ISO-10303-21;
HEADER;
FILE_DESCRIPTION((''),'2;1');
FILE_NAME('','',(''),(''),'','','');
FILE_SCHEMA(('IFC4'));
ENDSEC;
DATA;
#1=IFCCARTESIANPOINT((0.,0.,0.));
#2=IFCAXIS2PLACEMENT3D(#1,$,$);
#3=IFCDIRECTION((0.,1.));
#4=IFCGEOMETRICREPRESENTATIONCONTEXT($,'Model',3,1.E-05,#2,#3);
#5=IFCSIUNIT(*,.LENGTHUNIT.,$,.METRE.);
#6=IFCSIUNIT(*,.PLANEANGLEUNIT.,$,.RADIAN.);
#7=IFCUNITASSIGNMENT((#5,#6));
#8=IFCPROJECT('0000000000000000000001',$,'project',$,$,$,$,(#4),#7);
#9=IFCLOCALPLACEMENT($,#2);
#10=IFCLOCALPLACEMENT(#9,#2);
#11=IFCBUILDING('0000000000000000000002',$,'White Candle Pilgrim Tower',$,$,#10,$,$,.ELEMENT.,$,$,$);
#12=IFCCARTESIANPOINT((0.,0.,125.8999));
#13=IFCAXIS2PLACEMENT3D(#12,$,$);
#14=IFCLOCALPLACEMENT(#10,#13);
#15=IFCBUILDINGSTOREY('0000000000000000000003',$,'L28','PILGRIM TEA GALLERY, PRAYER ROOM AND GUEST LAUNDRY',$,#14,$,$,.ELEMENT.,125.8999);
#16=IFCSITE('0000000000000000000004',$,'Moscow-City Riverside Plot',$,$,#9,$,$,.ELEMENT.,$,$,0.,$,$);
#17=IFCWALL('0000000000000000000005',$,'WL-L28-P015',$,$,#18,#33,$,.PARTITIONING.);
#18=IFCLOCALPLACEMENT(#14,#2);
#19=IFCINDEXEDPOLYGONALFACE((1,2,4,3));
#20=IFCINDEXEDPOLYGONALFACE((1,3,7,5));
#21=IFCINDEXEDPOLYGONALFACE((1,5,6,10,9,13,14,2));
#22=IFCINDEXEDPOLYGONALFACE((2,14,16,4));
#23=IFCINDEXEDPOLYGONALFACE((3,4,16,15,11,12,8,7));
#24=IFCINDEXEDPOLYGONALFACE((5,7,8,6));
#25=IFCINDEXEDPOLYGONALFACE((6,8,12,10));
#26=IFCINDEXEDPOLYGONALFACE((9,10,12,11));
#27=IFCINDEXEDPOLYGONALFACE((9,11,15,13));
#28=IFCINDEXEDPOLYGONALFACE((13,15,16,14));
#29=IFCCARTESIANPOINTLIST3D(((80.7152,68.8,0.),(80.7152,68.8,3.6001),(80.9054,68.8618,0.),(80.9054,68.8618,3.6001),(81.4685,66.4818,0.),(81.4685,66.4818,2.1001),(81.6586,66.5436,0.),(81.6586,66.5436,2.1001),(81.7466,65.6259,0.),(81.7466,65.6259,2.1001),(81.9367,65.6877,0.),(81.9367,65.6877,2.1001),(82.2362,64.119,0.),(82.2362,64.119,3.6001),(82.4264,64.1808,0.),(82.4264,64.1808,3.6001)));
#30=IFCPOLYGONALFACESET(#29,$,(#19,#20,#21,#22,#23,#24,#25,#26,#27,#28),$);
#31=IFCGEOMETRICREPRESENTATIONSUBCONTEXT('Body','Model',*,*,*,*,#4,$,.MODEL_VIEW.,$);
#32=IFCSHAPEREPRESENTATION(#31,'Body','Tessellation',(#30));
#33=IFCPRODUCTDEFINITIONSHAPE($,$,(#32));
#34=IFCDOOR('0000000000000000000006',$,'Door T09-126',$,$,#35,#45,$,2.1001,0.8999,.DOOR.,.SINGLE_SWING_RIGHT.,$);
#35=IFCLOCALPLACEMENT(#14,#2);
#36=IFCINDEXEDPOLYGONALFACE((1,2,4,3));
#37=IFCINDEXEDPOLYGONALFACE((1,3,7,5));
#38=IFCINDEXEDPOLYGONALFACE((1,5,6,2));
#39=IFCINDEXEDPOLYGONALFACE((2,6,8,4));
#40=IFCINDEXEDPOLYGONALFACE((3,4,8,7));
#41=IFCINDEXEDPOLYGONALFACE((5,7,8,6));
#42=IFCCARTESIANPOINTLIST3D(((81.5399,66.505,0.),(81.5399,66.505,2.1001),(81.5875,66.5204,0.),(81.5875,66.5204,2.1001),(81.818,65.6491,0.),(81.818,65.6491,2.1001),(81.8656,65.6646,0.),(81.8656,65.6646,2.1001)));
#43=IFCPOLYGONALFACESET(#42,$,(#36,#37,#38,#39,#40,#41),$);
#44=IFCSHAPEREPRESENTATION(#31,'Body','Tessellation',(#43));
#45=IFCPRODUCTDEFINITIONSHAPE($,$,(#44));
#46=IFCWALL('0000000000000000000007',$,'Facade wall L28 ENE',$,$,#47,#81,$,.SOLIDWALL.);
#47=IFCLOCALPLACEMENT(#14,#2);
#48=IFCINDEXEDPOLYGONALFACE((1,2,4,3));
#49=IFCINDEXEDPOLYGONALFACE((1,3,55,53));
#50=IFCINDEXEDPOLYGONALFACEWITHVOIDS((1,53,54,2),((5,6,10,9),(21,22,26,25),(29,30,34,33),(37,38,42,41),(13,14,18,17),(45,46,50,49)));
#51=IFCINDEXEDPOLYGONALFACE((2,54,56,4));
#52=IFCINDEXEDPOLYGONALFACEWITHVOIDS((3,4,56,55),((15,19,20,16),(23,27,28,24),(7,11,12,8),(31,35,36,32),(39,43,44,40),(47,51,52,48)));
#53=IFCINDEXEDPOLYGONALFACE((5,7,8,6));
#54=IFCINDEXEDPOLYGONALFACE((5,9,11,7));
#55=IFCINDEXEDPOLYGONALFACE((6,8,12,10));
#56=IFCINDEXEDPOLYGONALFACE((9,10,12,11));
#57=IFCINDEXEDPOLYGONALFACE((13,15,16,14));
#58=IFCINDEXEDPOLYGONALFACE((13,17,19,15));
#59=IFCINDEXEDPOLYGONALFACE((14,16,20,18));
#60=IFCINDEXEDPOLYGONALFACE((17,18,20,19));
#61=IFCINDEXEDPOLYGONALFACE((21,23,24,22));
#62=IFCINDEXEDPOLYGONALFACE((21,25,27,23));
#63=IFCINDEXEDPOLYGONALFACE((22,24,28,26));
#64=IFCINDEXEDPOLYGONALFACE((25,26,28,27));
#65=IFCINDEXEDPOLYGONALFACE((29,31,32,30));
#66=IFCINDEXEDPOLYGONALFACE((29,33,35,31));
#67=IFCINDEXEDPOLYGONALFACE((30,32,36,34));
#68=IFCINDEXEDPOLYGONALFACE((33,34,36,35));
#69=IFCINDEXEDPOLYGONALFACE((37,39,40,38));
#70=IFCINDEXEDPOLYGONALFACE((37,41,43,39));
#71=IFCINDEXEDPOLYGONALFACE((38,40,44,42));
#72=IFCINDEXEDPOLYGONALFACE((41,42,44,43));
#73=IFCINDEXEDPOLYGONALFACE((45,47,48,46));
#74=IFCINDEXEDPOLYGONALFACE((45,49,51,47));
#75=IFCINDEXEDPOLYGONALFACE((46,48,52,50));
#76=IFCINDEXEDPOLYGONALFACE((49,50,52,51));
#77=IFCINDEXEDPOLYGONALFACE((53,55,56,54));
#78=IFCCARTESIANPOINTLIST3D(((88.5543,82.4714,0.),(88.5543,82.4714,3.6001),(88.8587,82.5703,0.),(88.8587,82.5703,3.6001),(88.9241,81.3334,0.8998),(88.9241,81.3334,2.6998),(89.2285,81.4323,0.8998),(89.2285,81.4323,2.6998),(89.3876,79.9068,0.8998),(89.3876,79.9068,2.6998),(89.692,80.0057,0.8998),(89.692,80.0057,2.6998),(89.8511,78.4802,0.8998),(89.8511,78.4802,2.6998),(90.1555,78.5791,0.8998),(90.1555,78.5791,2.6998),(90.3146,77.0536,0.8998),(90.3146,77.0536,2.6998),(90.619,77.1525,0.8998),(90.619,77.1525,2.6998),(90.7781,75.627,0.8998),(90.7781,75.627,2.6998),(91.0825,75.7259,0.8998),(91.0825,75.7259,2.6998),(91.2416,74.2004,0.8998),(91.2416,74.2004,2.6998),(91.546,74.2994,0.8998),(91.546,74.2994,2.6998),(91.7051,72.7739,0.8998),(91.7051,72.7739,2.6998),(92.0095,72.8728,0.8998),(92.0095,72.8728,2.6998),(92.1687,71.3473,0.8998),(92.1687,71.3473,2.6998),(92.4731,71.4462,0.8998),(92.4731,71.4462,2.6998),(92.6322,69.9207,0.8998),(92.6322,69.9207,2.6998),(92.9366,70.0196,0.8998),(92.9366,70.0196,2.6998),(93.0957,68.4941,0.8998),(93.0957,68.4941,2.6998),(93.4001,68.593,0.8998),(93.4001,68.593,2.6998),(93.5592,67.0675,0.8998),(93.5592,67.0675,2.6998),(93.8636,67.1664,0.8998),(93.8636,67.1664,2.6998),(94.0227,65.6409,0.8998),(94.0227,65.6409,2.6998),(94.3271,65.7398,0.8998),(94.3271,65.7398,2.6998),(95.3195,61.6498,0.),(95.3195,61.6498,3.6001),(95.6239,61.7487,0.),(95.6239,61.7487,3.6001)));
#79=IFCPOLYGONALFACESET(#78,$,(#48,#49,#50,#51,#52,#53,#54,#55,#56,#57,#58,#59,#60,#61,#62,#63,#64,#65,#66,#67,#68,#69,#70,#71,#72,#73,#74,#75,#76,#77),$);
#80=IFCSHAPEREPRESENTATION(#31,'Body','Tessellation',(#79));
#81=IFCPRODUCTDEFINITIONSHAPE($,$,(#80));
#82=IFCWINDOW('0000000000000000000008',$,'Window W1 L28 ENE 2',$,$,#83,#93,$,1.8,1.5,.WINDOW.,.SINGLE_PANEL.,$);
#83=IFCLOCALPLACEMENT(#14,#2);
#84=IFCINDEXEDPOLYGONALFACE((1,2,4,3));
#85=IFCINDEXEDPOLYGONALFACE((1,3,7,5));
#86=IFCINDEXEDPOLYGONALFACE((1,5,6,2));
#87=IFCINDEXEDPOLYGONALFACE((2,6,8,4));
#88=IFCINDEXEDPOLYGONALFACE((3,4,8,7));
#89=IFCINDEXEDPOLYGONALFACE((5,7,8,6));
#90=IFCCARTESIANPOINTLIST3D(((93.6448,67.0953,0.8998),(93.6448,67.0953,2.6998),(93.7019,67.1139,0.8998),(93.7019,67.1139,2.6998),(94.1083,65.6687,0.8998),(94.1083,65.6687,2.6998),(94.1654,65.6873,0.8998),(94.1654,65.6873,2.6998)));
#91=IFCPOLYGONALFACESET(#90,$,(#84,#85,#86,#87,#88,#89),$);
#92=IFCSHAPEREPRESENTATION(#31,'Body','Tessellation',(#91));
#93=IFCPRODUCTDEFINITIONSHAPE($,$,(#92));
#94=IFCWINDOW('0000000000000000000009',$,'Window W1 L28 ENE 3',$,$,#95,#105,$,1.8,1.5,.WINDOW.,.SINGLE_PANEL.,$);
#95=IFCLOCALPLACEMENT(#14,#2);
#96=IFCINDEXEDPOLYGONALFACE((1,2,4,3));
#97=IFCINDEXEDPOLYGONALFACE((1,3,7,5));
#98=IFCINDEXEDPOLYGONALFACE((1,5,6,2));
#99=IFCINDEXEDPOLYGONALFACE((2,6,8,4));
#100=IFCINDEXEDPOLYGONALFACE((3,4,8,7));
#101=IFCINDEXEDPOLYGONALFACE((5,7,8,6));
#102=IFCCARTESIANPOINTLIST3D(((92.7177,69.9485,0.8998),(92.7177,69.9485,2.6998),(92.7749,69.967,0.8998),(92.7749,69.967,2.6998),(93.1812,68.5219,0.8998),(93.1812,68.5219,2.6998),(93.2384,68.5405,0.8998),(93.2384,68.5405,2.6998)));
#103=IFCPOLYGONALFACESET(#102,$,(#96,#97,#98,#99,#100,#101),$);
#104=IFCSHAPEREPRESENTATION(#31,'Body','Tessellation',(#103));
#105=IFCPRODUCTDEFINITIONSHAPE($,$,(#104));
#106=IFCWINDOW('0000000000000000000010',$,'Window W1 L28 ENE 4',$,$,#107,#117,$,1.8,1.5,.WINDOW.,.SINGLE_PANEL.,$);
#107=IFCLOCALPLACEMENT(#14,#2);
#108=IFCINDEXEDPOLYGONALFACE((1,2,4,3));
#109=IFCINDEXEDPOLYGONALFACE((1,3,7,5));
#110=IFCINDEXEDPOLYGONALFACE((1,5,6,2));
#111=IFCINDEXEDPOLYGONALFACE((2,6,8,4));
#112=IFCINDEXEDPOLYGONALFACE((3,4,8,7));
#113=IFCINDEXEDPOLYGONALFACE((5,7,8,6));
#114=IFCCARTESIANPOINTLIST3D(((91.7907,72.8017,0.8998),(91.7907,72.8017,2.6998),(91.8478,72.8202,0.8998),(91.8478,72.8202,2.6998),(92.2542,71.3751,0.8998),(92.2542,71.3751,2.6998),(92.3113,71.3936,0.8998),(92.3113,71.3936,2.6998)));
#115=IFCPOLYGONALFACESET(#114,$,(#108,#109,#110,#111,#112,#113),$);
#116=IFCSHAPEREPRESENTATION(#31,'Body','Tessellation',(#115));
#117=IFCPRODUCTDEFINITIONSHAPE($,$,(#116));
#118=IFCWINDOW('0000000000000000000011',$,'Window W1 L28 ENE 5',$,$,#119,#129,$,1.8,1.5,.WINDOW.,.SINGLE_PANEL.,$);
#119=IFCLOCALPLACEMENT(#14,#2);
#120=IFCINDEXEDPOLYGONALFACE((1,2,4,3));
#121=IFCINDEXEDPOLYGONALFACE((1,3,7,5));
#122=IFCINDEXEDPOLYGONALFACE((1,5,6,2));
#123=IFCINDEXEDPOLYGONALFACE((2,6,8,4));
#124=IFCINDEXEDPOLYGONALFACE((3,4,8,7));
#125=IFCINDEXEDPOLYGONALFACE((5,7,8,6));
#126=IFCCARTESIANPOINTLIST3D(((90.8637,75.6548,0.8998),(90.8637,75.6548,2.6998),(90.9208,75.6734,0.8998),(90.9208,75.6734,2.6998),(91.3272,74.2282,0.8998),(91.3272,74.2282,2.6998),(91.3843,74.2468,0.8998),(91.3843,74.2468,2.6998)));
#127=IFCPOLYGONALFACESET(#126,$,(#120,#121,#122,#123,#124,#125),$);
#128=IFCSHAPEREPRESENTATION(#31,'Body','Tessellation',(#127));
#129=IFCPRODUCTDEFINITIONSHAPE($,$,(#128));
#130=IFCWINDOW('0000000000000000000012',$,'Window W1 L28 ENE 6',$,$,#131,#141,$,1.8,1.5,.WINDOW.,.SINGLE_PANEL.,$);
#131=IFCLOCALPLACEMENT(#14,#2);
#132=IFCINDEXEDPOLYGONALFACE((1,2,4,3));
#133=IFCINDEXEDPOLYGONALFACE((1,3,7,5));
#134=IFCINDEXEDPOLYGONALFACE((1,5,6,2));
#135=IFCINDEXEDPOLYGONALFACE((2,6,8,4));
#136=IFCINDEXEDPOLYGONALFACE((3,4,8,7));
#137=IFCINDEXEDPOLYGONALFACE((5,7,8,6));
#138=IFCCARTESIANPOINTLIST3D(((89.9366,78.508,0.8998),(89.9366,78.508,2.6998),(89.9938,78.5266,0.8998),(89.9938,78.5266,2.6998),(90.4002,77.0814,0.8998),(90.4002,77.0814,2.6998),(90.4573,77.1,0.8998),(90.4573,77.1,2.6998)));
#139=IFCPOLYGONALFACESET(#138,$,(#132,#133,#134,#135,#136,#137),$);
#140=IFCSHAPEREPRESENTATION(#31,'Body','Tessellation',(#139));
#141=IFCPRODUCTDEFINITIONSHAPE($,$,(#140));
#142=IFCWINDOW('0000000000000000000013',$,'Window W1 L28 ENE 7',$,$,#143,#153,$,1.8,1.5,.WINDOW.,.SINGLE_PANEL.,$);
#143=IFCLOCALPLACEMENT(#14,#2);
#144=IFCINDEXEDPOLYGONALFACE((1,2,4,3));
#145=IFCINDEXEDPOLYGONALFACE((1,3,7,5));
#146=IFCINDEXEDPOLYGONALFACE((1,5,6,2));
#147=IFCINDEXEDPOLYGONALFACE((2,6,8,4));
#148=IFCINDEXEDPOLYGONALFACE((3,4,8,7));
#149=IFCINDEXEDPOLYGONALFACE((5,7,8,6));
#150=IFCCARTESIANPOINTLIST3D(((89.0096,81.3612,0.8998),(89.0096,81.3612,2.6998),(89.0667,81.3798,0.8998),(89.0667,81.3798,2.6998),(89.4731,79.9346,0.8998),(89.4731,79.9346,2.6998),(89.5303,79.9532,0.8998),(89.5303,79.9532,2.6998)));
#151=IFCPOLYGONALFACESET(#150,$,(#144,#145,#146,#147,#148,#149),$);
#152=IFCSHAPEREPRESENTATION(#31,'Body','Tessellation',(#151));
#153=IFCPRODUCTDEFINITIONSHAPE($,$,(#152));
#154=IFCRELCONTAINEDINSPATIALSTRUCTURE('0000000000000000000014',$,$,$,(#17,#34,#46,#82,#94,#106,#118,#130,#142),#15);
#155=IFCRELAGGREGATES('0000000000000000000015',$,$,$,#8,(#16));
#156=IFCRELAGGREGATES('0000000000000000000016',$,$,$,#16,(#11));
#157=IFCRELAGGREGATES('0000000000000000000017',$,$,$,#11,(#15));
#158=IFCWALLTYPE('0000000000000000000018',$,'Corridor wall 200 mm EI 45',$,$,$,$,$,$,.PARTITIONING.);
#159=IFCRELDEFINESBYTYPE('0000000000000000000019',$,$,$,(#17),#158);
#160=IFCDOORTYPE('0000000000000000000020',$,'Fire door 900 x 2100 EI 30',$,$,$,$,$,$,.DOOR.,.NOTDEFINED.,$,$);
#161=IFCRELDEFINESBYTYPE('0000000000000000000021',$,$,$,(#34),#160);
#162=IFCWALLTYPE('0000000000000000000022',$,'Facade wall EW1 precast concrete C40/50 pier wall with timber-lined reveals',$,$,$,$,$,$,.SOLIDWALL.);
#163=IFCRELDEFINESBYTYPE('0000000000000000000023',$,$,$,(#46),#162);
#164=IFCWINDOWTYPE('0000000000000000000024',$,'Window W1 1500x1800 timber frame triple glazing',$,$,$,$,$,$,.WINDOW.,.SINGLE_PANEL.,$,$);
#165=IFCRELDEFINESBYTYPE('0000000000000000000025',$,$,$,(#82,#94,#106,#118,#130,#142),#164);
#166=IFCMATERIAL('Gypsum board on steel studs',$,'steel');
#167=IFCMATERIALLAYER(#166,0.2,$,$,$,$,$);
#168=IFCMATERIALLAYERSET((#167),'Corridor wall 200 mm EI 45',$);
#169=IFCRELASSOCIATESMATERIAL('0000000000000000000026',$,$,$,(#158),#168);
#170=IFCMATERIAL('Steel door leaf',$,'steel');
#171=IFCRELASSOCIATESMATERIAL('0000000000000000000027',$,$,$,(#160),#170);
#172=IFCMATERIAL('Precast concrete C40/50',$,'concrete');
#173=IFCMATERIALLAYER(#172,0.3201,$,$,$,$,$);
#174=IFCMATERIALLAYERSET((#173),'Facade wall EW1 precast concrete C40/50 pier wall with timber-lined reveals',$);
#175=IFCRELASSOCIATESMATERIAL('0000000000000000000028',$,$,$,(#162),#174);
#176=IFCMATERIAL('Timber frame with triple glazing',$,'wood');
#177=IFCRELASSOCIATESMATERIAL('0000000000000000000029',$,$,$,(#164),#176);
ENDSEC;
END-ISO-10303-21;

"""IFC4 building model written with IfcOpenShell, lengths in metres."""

from ifc_helpers import new_model, si_unit, direction, frame, frame_2d, origin, place, context, subcontext, project, spatial, rectangle, extrude, material, layer, layer_set, type_object, element, fill, save


model = new_model("IFC4")

# Units and contexts
model_context = context("Model", 3, precision=1e-05, world=origin(), true_north=direction((0.0, 1.0)))
body_context = subcontext(model_context, "Body", "Model", "MODEL_VIEW")
ifc_project = project(units=[si_unit("LENGTHUNIT", "METRE"), si_unit("PLANEANGLEUNIT", "RADIAN")], contexts=[model_context])

# Site, building, storey
site_placement = place(None, origin())
site = spatial("IfcSite", under=ifc_project, at=site_placement, Name="Moscow-City Riverside Plot", CompositionType="ELEMENT", RefElevation=0.0)
building_placement = place(site_placement, origin())
building = spatial("IfcBuilding", under=site, at=building_placement, Name="White Candle Pilgrim Tower", CompositionType="ELEMENT")
storey_placement = place(building_placement, frame((0.0, 0.0, 125.8999)))
storey = spatial("IfcBuildingStorey", under=building, at=storey_placement, Name="L28", Description="PILGRIM TEA GALLERY, PRAYER ROOM AND GUEST LAUNDRY", CompositionType="ELEMENT", Elevation=125.8999)

# Shared definitions
ifc_material_1 = material(Name="Gypsum board on steel studs", Category="steel")
ifc_layer_1 = layer(ifc_material_1, 0.2)
ifc_layer_set_1 = layer_set([ifc_layer_1], Name="Corridor wall 200 mm EI 45")
wall_type_1 = type_object("IfcWallType", Name="Corridor wall 200 mm EI 45", PredefinedType="PARTITIONING", material=ifc_layer_set_1)
ifc_material_2 = material(Name="Steel door leaf", Category="steel")
door_type_1 = type_object("IfcDoorType", Name="Fire door 900 x 2100 EI 30", OperationType="NOTDEFINED", PredefinedType="DOOR", material=ifc_material_2)

# Wall, opening, door
wall_1_placement = place(storey_placement, frame((82.3313, 64.1499, 0.0), z_axis=(0.0, 0.0, 1.0), x_axis=(-0.309031, 0.951052, 0.0)))
wall_1 = element("IfcWall", 1, at=wall_1_placement, inside=storey, type_object=wall_type_1, Name="WL-L28-P015", PredefinedType="PARTITIONING", context=body_context, shape_type="SweptSolid", body=[
    extrude(rectangle(XDim=4.9219, YDim=0.2, at=frame_2d((2.4609, 0.0))), origin(), (0.0, 0.0, 1.0), 3.6001),
])
opening_1_placement = place(wall_1_placement, frame((1.5845, 0.0, 0.0)))
opening_1 = element("IfcOpeningElement", 2, at=opening_1_placement, cuts=wall_1, PredefinedType="OPENING", context=body_context, shape_type="SweptSolid", body=[
    extrude(rectangle(XDim=0.8999, YDim=2.1001, at=frame_2d((0.45, 1.05))), frame((0.0, 0.1099, 0.0), z_axis=(0.0, -1.0, 0.0), x_axis=(1.0, 0.0, 0.0)), (0.0, 0.0, 1.0), 0.22),
])
door_1_placement = place(opening_1_placement, origin())
door_1 = element("IfcDoor", 3, at=door_1_placement, inside=storey, type_object=door_type_1, Name="Door T09-126", OperationType="SINGLE_SWING_RIGHT", OverallHeight=2.1001, OverallWidth=0.8999, PredefinedType="DOOR", context=body_context, shape_type="SweptSolid", body=[
    extrude(rectangle(XDim=0.8999, YDim=2.1001, at=frame_2d((0.45, 1.05))), frame((0.0, 0.0249, 0.0), z_axis=(0.0, -1.0, 0.0), x_axis=(1.0, 0.0, 0.0)), (0.0, 0.0, 1.0), 0.05),
])
fill(opening_1, door_1)

# Wall, openings, windows
ifc_material_3 = material(Name="Precast concrete C40/50", Category="concrete")
ifc_layer_2 = layer(ifc_material_3, 0.3201)
ifc_layer_set_2 = layer_set([ifc_layer_2], Name="Facade wall EW1 precast concrete C40/50 pier wall with timber-lined reveals")
wall_type_2 = type_object("IfcWallType", Name="Facade wall EW1 precast concrete C40/50 pier wall with timber-lined reveals", PredefinedType="SOLIDWALL", material=ifc_layer_set_2)
wall_2_placement = place(storey_placement, frame((95.4717, 61.6992, 0.0), z_axis=(0.0, 0.0, 1.0), x_axis=(-0.309009, 0.951059, 0.0)))
wall_2 = element("IfcWall", 4, at=wall_2_placement, inside=storey, type_object=wall_type_2, Name="Facade wall L28 ENE", PredefinedType="SOLIDWALL", context=body_context, shape_type="SweptSolid", body=[
    extrude(rectangle(XDim=21.8931, YDim=0.3201, at=frame_2d((10.9465, 0.0))), origin(), (0.0, 0.0, 1.0), 3.6001),
])
opening_2_placement = place(wall_2_placement, frame((4.1965, 0.0, 0.8999)))
opening_2 = element("IfcOpeningElement", 5, at=opening_2_placement, cuts=wall_2, PredefinedType="OPENING", context=body_context, shape_type="SweptSolid", body=[
    extrude(rectangle(XDim=1.5, YDim=1.8, at=frame_2d((0.75, 0.8999))), frame((0.0, 0.1699, 0.0), z_axis=(0.0, -1.0, 0.0), x_axis=(1.0, 0.0, 0.0)), (0.0, 0.0, 1.0), 0.3401),
])
opening_3_placement = place(wall_2_placement, frame((7.1965, 0.0, 0.8999)))
opening_3 = element("IfcOpeningElement", 6, at=opening_3_placement, cuts=wall_2, PredefinedType="OPENING", context=body_context, shape_type="SweptSolid", body=[
    extrude(rectangle(XDim=1.5, YDim=1.8, at=frame_2d((0.75, 0.8999))), frame((0.0, 0.1699, 0.0), z_axis=(0.0, -1.0, 0.0), x_axis=(1.0, 0.0, 0.0)), (0.0, 0.0, 1.0), 0.3401),
])
opening_4_placement = place(wall_2_placement, frame((10.1965, 0.0, 0.8999)))
opening_4 = element("IfcOpeningElement", 7, at=opening_4_placement, cuts=wall_2, PredefinedType="OPENING", context=body_context, shape_type="SweptSolid", body=[
    extrude(rectangle(XDim=1.5, YDim=1.8, at=frame_2d((0.75, 0.8999))), frame((0.0, 0.1699, 0.0), z_axis=(0.0, -1.0, 0.0), x_axis=(1.0, 0.0, 0.0)), (0.0, 0.0, 1.0), 0.3401),
])
opening_5_placement = place(wall_2_placement, frame((13.1965, 0.0, 0.8999)))
opening_5 = element("IfcOpeningElement", 8, at=opening_5_placement, cuts=wall_2, PredefinedType="OPENING", context=body_context, shape_type="SweptSolid", body=[
    extrude(rectangle(XDim=1.5, YDim=1.8, at=frame_2d((0.75, 0.8999))), frame((0.0, 0.1699, 0.0), z_axis=(0.0, -1.0, 0.0), x_axis=(1.0, 0.0, 0.0)), (0.0, 0.0, 1.0), 0.3401),
])
opening_6_placement = place(wall_2_placement, frame((16.1965, 0.0, 0.8999)))
opening_6 = element("IfcOpeningElement", 9, at=opening_6_placement, cuts=wall_2, PredefinedType="OPENING", context=body_context, shape_type="SweptSolid", body=[
    extrude(rectangle(XDim=1.5, YDim=1.8, at=frame_2d((0.75, 0.8999))), frame((0.0, 0.1699, 0.0), z_axis=(0.0, -1.0, 0.0), x_axis=(1.0, 0.0, 0.0)), (0.0, 0.0, 1.0), 0.3401),
])
opening_7_placement = place(wall_2_placement, frame((19.1965, 0.0, 0.8999)))
opening_7 = element("IfcOpeningElement", 10, at=opening_7_placement, cuts=wall_2, PredefinedType="OPENING", context=body_context, shape_type="SweptSolid", body=[
    extrude(rectangle(XDim=1.5, YDim=1.8, at=frame_2d((0.75, 0.8999))), frame((0.0, 0.1699, 0.0), z_axis=(0.0, -1.0, 0.0), x_axis=(1.0, 0.0, 0.0)), (0.0, 0.0, 1.0), 0.3401),
])
ifc_material_4 = material(Name="Timber frame with triple glazing", Category="wood")
window_type = type_object("IfcWindowType", Name="Window W1 1500x1800 timber frame triple glazing", PartitioningType="SINGLE_PANEL", PredefinedType="WINDOW", material=ifc_material_4)
window_1_placement = place(opening_2_placement, origin())
window_1 = element("IfcWindow", 11, at=window_1_placement, inside=storey, type_object=window_type, Name="Window W1 L28 ENE 2", OverallHeight=1.8, OverallWidth=1.5, PartitioningType="SINGLE_PANEL", PredefinedType="WINDOW", context=body_context, shape_type="SweptSolid", body=[
    extrude(rectangle(XDim=1.5, YDim=1.8, at=frame_2d((0.75, 0.8999))), frame((0.0, 0.0701, 0.0), z_axis=(0.0, -1.0, 0.0), x_axis=(1.0, 0.0, 0.0)), (0.0, 0.0, 1.0), 0.0601),
])
fill(opening_2, window_1)
window_2_placement = place(opening_3_placement, origin())
window_2 = element("IfcWindow", 12, at=window_2_placement, inside=storey, type_object=window_type, Name="Window W1 L28 ENE 3", OverallHeight=1.8, OverallWidth=1.5, PartitioningType="SINGLE_PANEL", PredefinedType="WINDOW", context=body_context, shape_type="SweptSolid", body=[
    extrude(rectangle(XDim=1.5, YDim=1.8, at=frame_2d((0.75, 0.8999))), frame((0.0, 0.0701, 0.0), z_axis=(0.0, -1.0, 0.0), x_axis=(1.0, 0.0, 0.0)), (0.0, 0.0, 1.0), 0.0601),
])
fill(opening_3, window_2)
window_3_placement = place(opening_4_placement, origin())
window_3 = element("IfcWindow", 13, at=window_3_placement, inside=storey, type_object=window_type, Name="Window W1 L28 ENE 4", OverallHeight=1.8, OverallWidth=1.5, PartitioningType="SINGLE_PANEL", PredefinedType="WINDOW", context=body_context, shape_type="SweptSolid", body=[
    extrude(rectangle(XDim=1.5, YDim=1.8, at=frame_2d((0.75, 0.8999))), frame((0.0, 0.0701, 0.0), z_axis=(0.0, -1.0, 0.0), x_axis=(1.0, 0.0, 0.0)), (0.0, 0.0, 1.0), 0.0601),
])
fill(opening_4, window_3)
window_4_placement = place(opening_5_placement, origin())
window_4 = element("IfcWindow", 14, at=window_4_placement, inside=storey, type_object=window_type, Name="Window W1 L28 ENE 5", OverallHeight=1.8, OverallWidth=1.5, PartitioningType="SINGLE_PANEL", PredefinedType="WINDOW", context=body_context, shape_type="SweptSolid", body=[
    extrude(rectangle(XDim=1.5, YDim=1.8, at=frame_2d((0.75, 0.8999))), frame((0.0, 0.0701, 0.0), z_axis=(0.0, -1.0, 0.0), x_axis=(1.0, 0.0, 0.0)), (0.0, 0.0, 1.0), 0.0601),
])
fill(opening_5, window_4)
window_5_placement = place(opening_6_placement, origin())
window_5 = element("IfcWindow", 15, at=window_5_placement, inside=storey, type_object=window_type, Name="Window W1 L28 ENE 6", OverallHeight=1.8, OverallWidth=1.5, PartitioningType="SINGLE_PANEL", PredefinedType="WINDOW", context=body_context, shape_type="SweptSolid", body=[
    extrude(rectangle(XDim=1.5, YDim=1.8, at=frame_2d((0.75, 0.8999))), frame((0.0, 0.0701, 0.0), z_axis=(0.0, -1.0, 0.0), x_axis=(1.0, 0.0, 0.0)), (0.0, 0.0, 1.0), 0.0601),
])
fill(opening_6, window_5)
window_6_placement = place(opening_7_placement, origin())
window_6 = element("IfcWindow", 16, at=window_6_placement, inside=storey, type_object=window_type, Name="Window W1 L28 ENE 7", OverallHeight=1.8, OverallWidth=1.5, PartitioningType="SINGLE_PANEL", PredefinedType="WINDOW", context=body_context, shape_type="SweptSolid", body=[
    extrude(rectangle(XDim=1.5, YDim=1.8, at=frame_2d((0.75, 0.8999))), frame((0.0, 0.0701, 0.0), z_axis=(0.0, -1.0, 0.0), x_axis=(1.0, 0.0, 0.0)), (0.0, 0.0, 1.0), 0.0601),
])
fill(opening_7, window_6)

save(model, "model.ifc")
